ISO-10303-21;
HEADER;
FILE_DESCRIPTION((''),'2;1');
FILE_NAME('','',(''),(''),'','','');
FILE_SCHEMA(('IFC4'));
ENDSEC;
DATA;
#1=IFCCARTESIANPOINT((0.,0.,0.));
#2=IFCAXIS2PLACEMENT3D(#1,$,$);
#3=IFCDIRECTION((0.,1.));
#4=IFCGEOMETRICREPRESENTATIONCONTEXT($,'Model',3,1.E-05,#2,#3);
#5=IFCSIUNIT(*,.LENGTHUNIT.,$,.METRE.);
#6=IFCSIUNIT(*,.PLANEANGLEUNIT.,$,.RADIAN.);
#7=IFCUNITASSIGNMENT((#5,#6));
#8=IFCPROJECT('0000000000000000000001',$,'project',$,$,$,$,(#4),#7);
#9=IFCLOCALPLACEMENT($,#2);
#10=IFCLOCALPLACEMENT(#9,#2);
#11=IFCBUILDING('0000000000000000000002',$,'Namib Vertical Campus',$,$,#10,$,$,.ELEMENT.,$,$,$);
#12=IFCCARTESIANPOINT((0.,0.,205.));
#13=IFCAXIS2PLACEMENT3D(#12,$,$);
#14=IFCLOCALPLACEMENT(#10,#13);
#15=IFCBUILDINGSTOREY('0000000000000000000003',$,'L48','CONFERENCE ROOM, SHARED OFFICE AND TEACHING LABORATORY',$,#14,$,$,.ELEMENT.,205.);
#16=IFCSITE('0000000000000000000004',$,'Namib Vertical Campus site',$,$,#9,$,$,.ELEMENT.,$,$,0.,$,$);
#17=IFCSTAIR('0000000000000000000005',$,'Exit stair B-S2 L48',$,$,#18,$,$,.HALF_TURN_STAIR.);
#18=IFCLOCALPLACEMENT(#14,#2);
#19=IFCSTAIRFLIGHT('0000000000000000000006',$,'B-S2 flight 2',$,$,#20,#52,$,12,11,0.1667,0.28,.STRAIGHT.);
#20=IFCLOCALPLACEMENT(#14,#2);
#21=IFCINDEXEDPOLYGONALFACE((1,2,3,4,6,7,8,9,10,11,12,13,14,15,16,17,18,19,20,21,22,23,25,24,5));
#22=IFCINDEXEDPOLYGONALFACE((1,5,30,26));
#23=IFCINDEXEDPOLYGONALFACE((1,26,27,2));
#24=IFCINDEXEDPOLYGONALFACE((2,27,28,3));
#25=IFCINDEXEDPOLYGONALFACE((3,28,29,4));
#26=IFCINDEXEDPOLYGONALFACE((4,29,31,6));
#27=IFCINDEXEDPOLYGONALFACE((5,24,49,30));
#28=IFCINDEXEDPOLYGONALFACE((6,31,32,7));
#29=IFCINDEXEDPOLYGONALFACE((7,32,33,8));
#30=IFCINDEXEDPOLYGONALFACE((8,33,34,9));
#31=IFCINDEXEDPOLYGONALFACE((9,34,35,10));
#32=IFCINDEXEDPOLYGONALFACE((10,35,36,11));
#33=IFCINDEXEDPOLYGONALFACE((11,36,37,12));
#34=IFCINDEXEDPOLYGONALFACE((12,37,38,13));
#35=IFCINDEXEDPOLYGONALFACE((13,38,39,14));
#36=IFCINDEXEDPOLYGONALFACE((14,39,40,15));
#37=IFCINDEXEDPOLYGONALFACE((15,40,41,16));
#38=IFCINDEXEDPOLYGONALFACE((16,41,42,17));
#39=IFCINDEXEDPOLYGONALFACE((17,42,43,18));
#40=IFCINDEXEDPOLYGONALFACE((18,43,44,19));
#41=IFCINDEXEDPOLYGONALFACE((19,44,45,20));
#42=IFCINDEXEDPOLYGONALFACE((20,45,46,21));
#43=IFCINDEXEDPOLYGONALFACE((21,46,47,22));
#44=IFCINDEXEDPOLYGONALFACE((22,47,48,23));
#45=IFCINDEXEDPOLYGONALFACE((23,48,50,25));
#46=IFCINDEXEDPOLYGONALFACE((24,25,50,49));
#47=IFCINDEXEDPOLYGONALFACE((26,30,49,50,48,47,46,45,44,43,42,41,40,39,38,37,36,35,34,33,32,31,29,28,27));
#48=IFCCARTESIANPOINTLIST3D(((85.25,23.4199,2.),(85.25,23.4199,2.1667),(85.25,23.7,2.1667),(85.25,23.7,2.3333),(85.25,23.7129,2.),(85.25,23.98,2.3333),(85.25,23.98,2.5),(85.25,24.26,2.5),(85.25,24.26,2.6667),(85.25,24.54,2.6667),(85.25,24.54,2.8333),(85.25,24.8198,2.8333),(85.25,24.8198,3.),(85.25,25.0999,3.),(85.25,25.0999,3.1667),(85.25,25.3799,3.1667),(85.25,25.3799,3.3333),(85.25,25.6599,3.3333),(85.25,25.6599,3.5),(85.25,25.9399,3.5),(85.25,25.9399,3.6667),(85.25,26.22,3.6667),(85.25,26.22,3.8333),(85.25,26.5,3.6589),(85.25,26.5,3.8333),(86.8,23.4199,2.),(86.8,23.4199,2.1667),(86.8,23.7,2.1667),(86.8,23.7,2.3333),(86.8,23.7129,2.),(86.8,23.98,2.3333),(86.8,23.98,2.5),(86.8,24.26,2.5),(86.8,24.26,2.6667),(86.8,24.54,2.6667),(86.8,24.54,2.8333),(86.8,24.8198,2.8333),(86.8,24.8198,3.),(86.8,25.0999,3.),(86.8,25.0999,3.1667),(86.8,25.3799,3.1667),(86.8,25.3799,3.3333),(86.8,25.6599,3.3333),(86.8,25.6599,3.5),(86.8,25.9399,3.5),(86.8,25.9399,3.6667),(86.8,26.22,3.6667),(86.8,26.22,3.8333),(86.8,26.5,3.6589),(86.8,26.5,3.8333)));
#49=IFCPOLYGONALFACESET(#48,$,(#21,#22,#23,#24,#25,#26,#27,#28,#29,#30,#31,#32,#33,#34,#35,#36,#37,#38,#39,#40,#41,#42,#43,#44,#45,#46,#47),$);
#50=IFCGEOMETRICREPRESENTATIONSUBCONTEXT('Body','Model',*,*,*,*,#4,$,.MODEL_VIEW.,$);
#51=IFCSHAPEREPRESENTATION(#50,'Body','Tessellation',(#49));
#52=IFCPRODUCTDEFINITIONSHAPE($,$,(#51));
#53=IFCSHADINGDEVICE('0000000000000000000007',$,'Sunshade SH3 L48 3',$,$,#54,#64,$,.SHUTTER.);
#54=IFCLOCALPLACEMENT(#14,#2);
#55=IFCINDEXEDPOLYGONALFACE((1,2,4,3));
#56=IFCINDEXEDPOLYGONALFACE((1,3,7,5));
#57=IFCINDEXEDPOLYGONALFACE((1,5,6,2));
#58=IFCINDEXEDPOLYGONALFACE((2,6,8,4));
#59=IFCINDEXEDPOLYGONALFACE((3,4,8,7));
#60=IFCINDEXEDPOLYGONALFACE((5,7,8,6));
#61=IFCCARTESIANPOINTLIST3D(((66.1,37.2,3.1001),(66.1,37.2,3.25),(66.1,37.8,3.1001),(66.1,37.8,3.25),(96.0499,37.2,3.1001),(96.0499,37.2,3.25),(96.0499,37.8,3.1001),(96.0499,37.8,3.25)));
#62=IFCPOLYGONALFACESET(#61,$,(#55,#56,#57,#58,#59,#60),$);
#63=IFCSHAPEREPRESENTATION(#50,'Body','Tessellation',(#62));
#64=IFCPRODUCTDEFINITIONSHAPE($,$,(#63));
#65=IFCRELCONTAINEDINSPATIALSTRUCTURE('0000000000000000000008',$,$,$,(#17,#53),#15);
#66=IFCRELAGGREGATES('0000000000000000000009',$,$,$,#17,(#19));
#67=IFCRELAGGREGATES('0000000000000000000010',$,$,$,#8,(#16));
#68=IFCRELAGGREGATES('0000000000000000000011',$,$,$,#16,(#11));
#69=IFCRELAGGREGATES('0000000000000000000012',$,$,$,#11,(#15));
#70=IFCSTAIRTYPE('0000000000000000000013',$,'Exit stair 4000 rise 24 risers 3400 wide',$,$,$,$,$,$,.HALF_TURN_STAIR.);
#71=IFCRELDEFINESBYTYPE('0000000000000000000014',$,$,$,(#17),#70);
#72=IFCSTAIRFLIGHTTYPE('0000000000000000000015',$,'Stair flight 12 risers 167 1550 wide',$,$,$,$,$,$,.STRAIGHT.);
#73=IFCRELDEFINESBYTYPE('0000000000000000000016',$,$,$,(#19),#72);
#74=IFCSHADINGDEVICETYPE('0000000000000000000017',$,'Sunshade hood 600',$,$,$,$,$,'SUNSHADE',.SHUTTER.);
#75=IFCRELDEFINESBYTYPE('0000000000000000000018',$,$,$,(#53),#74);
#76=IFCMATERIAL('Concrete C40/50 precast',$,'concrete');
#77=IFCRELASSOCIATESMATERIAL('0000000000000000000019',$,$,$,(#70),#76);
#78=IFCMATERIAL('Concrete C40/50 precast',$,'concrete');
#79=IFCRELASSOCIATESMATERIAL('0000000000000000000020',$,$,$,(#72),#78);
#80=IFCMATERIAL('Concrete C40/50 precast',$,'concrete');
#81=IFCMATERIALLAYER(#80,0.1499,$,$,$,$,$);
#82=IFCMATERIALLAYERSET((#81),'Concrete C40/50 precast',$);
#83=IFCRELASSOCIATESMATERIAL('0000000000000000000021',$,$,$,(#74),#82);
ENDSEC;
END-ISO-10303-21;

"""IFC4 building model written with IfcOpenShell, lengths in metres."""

from ifc_helpers import new_model, si_unit, direction, frame, origin, origin_2d, place, context, subcontext, project, spatial, polyline, rectangle, outline, extrude, material, layer, layer_set, type_object, element, aggregate, save


model = new_model("IFC4")

# Units and contexts
model_context = context("Model", 3, precision=1e-05, world=origin(), true_north=direction((0.0, 1.0)))
body_context = subcontext(model_context, "Body", "Model", "MODEL_VIEW")
ifc_project = project(units=[si_unit("LENGTHUNIT", "METRE"), si_unit("PLANEANGLEUNIT", "RADIAN")], contexts=[model_context])

# Site, building, storey
site_placement = place(None, origin())
site = spatial("IfcSite", under=ifc_project, at=site_placement, Name="Namib Vertical Campus site", CompositionType="ELEMENT", RefElevation=0.0)
building_placement = place(site_placement, origin())
building = spatial("IfcBuilding", under=site, at=building_placement, Name="Namib Vertical Campus", CompositionType="ELEMENT")
storey_placement = place(building_placement, frame((0.0, 0.0, 205.0)))
storey = spatial("IfcBuildingStorey", under=building, at=storey_placement, Name="L48", Description="CONFERENCE ROOM, SHARED OFFICE AND TEACHING LABORATORY", CompositionType="ELEMENT", Elevation=205.0)

# Stair, stair flight
ifc_material_1 = material(Name="Concrete C40/50 precast", Category="concrete")
stair_type = type_object("IfcStairType", Name="Exit stair 4000 rise 24 risers 3400 wide", PredefinedType="HALF_TURN_STAIR", material=ifc_material_1)
stair_placement = place(storey_placement, origin())
stair = element("IfcStair", 1, at=stair_placement, inside=storey, type_object=stair_type, Name="Exit stair B-S2 L48", PredefinedType="HALF_TURN_STAIR")
ifc_material_2 = material(Name="Concrete C40/50 precast", Category="concrete")
stair_flight_type = type_object("IfcStairFlightType", Name="Stair flight 12 risers 167 1550 wide", PredefinedType="STRAIGHT", material=ifc_material_2)
stair_flight_1_placement = place(storey_placement, frame((86.0249, 23.4199, 2.0), z_axis=(0.0, 0.0, 1.0), x_axis=(0.0, 1.0, 0.0)))
stair_flight_1 = element("IfcStairFlight", 2, at=stair_flight_1_placement, type_object=stair_flight_type, Name="B-S2 flight 2", NumberOfRisers=12, NumberOfTreads=11, PredefinedType="STRAIGHT", RiserHeight=0.1667, TreadLength=0.28, context=body_context, shape_type="SweptSolid", body=[
    extrude(outline(polyline([(0.0, 0.0), (0.0, 0.1667), (0.28, 0.1667), (0.28, 0.3333), (0.5601, 0.3333), (0.5601, 0.5), (0.8401, 0.5), (0.8401, 0.6667), (1.1201, 0.6667), (1.1201, 0.8333), (1.3999, 0.8333), (1.3999, 1.0), (1.6799, 1.0), (1.6799, 1.1667), (1.96, 1.1667), (1.96, 1.3333), (2.24, 1.3333), (2.24, 1.5), (2.52, 1.5), (2.52, 1.6667), (2.8, 1.6667), (2.8, 1.8333), (3.0801, 1.8333), (3.0801, 2.0), (3.0801, 1.6589), (0.293, 0.0), (0.0, 0.0)])), frame((0.0, 0.7749, 0.0), z_axis=(0.0, -1.0, 0.0), x_axis=(1.0, 0.0, 0.0)), (0.0, 0.0, 1.0), 1.55),
])
aggregate(stair, [stair_flight_1])

# Shading device
ifc_material_3 = material(Name="Concrete C40/50 precast", Category="concrete")
ifc_layer_1 = layer(ifc_material_3, 0.1499)
ifc_layer_set_1 = layer_set([ifc_layer_1], Name="Concrete C40/50 precast")
shading_device_type = type_object("IfcShadingDeviceType", Name="Sunshade hood 600", ElementType="SUNSHADE", PredefinedType="SHUTTER", material=ifc_layer_set_1)
shading_device_placement = place(storey_placement, frame((81.075, 37.5, 3.1001), z_axis=(0.0, 0.0, 1.0), x_axis=(-1.0, 0.0, 0.0)))
element("IfcShadingDevice", 3, at=shading_device_placement, inside=storey, type_object=shading_device_type, Name="Sunshade SH3 L48 3", PredefinedType="SHUTTER", context=body_context, shape_type="SweptSolid", body=[
    extrude(rectangle(XDim=29.95, YDim=0.6001, at=origin_2d()), origin(), (0.0, 0.0, 1.0), 0.1499),
])

save(model, "model.ifc")
